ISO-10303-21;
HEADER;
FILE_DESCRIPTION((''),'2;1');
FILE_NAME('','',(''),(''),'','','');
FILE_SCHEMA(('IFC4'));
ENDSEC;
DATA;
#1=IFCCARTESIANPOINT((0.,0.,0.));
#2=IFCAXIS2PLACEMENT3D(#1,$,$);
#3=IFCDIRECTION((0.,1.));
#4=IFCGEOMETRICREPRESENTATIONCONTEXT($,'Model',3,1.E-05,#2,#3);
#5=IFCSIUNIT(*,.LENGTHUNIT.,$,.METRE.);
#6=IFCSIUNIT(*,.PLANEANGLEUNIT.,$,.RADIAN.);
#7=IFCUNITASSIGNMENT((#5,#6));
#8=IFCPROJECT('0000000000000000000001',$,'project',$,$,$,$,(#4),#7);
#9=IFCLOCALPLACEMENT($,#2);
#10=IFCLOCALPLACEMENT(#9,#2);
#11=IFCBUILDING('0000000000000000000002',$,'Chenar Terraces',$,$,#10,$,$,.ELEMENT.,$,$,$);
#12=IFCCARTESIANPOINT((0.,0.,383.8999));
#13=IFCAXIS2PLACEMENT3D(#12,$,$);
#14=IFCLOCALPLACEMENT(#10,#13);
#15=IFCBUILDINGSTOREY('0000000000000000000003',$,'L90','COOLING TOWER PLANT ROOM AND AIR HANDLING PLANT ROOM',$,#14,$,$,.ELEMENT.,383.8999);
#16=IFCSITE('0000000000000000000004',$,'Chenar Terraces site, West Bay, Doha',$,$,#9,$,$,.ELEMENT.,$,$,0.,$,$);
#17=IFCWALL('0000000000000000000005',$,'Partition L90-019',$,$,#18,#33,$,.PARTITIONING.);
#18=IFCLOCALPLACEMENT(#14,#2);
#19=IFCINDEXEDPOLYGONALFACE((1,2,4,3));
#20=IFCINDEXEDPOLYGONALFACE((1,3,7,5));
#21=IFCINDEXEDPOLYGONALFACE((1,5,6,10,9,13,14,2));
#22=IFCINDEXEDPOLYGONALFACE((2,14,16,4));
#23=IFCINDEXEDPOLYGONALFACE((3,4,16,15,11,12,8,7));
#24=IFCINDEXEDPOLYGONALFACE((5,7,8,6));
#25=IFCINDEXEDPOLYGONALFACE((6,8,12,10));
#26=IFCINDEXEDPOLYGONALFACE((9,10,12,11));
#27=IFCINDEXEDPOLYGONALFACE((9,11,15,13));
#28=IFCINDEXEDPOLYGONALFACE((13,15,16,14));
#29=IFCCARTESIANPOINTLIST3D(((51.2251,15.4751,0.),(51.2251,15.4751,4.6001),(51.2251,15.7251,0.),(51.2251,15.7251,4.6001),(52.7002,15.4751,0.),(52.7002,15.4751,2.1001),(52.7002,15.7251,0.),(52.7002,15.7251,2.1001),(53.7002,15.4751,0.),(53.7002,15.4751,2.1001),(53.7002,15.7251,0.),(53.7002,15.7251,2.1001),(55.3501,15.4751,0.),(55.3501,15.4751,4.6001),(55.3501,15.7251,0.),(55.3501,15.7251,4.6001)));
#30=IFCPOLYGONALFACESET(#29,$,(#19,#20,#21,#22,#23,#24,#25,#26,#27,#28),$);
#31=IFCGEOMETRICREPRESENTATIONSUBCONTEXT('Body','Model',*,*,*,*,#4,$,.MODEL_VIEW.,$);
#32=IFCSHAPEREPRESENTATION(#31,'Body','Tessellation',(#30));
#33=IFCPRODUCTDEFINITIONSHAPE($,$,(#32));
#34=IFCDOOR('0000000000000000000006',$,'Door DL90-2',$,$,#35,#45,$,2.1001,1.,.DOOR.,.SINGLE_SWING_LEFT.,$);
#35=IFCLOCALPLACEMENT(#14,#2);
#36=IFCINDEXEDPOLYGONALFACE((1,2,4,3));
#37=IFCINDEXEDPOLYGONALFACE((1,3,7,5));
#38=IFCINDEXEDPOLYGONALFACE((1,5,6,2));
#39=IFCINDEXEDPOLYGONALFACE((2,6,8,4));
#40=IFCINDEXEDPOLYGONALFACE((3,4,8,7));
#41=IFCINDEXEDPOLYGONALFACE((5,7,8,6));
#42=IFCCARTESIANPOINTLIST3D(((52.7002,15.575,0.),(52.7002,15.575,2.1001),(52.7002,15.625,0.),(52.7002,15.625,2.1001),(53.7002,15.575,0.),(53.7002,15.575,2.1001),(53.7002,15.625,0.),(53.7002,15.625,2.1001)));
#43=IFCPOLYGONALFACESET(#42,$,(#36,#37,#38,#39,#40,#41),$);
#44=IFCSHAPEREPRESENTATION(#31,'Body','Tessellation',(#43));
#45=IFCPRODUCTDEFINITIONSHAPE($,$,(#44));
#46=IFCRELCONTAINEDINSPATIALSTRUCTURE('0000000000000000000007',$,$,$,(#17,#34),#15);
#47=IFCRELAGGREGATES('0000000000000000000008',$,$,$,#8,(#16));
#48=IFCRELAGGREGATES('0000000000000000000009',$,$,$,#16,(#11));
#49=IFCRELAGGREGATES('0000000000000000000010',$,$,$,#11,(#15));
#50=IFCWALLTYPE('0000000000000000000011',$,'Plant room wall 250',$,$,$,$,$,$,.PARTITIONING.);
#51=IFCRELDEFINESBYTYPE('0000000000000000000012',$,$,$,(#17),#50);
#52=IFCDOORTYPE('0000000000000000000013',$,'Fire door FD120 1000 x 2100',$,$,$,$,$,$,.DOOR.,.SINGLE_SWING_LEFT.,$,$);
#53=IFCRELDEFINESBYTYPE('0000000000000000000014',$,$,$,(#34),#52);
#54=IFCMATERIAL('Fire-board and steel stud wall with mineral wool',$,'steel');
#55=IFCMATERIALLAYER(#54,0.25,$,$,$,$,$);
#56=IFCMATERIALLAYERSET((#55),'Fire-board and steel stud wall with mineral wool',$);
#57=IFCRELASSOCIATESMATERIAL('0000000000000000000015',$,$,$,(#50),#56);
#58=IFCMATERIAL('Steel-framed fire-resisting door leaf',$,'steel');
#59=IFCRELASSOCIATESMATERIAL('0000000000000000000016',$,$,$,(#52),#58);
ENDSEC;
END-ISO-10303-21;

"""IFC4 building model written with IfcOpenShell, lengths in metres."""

from ifc_helpers import new_model, si_unit, direction, frame, frame_2d, origin, place, context, subcontext, project, spatial, rectangle, extrude, material, layer, layer_set, type_object, element, fill, save


model = new_model("IFC4")

# Units and contexts
model_context = context("Model", 3, precision=1e-05, world=origin(), true_north=direction((0.0, 1.0)))
body_context = subcontext(model_context, "Body", "Model", "MODEL_VIEW")
ifc_project = project(units=[si_unit("LENGTHUNIT", "METRE"), si_unit("PLANEANGLEUNIT", "RADIAN")], contexts=[model_context])

# Site, building, storey
site_placement = place(None, origin())
site = spatial("IfcSite", under=ifc_project, at=site_placement, Name="Chenar Terraces site, West Bay, Doha", CompositionType="ELEMENT", RefElevation=0.0)
building_placement = place(site_placement, origin())
building = spatial("IfcBuilding", under=site, at=building_placement, Name="Chenar Terraces", CompositionType="ELEMENT")
storey_placement = place(building_placement, frame((0.0, 0.0, 383.8999)))
storey = spatial("IfcBuildingStorey", under=building, at=storey_placement, Name="L90", Description="COOLING TOWER PLANT ROOM AND AIR HANDLING PLANT ROOM", CompositionType="ELEMENT", Elevation=383.8999)

# Wall, opening, door
ifc_material_1 = material(Name="Fire-board and steel stud wall with mineral wool", Category="steel")
ifc_layer_1 = layer(ifc_material_1, 0.25)
ifc_layer_set_1 = layer_set([ifc_layer_1], Name="Fire-board and steel stud wall with mineral wool")
wall_type = type_object("IfcWallType", Name="Plant room wall 250", PredefinedType="PARTITIONING", material=ifc_layer_set_1)
wall_placement = place(storey_placement, frame((51.2251, 15.6001, 0.0), z_axis=(0.0, 0.0, 1.0), x_axis=(1.0, 0.0, 0.0)))
wall = element("IfcWall", 1, at=wall_placement, inside=storey, type_object=wall_type, Name="Partition L90-019", PredefinedType="PARTITIONING", context=body_context, shape_type="SweptSolid", body=[
    extrude(rectangle(XDim=4.125, YDim=0.25, at=frame_2d((2.0625, 0.0))), origin(), (0.0, 0.0, 1.0), 4.6001),
])
opening_placement = place(wall_placement, frame((1.4751, 0.0, 0.0)))
opening = element("IfcOpeningElement", 2, at=opening_placement, cuts=wall, PredefinedType="OPENING", context=body_context, shape_type="SweptSolid", body=[
    extrude(rectangle(XDim=1.0, YDim=2.1001, at=frame_2d((0.5, 1.05))), frame((0.0, 0.135, 0.0), z_axis=(0.0, -1.0, 0.0), x_axis=(1.0, 0.0, 0.0)), (0.0, 0.0, 1.0), 0.27),
])
ifc_material_2 = material(Name="Steel-framed fire-resisting door leaf", Category="steel")
door_type = type_object("IfcDoorType", Name="Fire door FD120 1000 x 2100", OperationType="SINGLE_SWING_LEFT", PredefinedType="DOOR", material=ifc_material_2)
door_placement = place(opening_placement, origin())
door = element("IfcDoor", 3, at=door_placement, inside=storey, type_object=door_type, Name="Door DL90-2", OperationType="SINGLE_SWING_LEFT", OverallHeight=2.1001, OverallWidth=1.0, PredefinedType="DOOR", context=body_context, shape_type="SweptSolid", body=[
    extrude(rectangle(XDim=1.0, YDim=2.1001, at=frame_2d((0.5, 1.05))), frame((0.0, 0.0249, 0.0), z_axis=(0.0, -1.0, 0.0), x_axis=(1.0, 0.0, 0.0)), (0.0, 0.0, 1.0), 0.05),
])
fill(opening, door)

save(model, "model.ifc")
